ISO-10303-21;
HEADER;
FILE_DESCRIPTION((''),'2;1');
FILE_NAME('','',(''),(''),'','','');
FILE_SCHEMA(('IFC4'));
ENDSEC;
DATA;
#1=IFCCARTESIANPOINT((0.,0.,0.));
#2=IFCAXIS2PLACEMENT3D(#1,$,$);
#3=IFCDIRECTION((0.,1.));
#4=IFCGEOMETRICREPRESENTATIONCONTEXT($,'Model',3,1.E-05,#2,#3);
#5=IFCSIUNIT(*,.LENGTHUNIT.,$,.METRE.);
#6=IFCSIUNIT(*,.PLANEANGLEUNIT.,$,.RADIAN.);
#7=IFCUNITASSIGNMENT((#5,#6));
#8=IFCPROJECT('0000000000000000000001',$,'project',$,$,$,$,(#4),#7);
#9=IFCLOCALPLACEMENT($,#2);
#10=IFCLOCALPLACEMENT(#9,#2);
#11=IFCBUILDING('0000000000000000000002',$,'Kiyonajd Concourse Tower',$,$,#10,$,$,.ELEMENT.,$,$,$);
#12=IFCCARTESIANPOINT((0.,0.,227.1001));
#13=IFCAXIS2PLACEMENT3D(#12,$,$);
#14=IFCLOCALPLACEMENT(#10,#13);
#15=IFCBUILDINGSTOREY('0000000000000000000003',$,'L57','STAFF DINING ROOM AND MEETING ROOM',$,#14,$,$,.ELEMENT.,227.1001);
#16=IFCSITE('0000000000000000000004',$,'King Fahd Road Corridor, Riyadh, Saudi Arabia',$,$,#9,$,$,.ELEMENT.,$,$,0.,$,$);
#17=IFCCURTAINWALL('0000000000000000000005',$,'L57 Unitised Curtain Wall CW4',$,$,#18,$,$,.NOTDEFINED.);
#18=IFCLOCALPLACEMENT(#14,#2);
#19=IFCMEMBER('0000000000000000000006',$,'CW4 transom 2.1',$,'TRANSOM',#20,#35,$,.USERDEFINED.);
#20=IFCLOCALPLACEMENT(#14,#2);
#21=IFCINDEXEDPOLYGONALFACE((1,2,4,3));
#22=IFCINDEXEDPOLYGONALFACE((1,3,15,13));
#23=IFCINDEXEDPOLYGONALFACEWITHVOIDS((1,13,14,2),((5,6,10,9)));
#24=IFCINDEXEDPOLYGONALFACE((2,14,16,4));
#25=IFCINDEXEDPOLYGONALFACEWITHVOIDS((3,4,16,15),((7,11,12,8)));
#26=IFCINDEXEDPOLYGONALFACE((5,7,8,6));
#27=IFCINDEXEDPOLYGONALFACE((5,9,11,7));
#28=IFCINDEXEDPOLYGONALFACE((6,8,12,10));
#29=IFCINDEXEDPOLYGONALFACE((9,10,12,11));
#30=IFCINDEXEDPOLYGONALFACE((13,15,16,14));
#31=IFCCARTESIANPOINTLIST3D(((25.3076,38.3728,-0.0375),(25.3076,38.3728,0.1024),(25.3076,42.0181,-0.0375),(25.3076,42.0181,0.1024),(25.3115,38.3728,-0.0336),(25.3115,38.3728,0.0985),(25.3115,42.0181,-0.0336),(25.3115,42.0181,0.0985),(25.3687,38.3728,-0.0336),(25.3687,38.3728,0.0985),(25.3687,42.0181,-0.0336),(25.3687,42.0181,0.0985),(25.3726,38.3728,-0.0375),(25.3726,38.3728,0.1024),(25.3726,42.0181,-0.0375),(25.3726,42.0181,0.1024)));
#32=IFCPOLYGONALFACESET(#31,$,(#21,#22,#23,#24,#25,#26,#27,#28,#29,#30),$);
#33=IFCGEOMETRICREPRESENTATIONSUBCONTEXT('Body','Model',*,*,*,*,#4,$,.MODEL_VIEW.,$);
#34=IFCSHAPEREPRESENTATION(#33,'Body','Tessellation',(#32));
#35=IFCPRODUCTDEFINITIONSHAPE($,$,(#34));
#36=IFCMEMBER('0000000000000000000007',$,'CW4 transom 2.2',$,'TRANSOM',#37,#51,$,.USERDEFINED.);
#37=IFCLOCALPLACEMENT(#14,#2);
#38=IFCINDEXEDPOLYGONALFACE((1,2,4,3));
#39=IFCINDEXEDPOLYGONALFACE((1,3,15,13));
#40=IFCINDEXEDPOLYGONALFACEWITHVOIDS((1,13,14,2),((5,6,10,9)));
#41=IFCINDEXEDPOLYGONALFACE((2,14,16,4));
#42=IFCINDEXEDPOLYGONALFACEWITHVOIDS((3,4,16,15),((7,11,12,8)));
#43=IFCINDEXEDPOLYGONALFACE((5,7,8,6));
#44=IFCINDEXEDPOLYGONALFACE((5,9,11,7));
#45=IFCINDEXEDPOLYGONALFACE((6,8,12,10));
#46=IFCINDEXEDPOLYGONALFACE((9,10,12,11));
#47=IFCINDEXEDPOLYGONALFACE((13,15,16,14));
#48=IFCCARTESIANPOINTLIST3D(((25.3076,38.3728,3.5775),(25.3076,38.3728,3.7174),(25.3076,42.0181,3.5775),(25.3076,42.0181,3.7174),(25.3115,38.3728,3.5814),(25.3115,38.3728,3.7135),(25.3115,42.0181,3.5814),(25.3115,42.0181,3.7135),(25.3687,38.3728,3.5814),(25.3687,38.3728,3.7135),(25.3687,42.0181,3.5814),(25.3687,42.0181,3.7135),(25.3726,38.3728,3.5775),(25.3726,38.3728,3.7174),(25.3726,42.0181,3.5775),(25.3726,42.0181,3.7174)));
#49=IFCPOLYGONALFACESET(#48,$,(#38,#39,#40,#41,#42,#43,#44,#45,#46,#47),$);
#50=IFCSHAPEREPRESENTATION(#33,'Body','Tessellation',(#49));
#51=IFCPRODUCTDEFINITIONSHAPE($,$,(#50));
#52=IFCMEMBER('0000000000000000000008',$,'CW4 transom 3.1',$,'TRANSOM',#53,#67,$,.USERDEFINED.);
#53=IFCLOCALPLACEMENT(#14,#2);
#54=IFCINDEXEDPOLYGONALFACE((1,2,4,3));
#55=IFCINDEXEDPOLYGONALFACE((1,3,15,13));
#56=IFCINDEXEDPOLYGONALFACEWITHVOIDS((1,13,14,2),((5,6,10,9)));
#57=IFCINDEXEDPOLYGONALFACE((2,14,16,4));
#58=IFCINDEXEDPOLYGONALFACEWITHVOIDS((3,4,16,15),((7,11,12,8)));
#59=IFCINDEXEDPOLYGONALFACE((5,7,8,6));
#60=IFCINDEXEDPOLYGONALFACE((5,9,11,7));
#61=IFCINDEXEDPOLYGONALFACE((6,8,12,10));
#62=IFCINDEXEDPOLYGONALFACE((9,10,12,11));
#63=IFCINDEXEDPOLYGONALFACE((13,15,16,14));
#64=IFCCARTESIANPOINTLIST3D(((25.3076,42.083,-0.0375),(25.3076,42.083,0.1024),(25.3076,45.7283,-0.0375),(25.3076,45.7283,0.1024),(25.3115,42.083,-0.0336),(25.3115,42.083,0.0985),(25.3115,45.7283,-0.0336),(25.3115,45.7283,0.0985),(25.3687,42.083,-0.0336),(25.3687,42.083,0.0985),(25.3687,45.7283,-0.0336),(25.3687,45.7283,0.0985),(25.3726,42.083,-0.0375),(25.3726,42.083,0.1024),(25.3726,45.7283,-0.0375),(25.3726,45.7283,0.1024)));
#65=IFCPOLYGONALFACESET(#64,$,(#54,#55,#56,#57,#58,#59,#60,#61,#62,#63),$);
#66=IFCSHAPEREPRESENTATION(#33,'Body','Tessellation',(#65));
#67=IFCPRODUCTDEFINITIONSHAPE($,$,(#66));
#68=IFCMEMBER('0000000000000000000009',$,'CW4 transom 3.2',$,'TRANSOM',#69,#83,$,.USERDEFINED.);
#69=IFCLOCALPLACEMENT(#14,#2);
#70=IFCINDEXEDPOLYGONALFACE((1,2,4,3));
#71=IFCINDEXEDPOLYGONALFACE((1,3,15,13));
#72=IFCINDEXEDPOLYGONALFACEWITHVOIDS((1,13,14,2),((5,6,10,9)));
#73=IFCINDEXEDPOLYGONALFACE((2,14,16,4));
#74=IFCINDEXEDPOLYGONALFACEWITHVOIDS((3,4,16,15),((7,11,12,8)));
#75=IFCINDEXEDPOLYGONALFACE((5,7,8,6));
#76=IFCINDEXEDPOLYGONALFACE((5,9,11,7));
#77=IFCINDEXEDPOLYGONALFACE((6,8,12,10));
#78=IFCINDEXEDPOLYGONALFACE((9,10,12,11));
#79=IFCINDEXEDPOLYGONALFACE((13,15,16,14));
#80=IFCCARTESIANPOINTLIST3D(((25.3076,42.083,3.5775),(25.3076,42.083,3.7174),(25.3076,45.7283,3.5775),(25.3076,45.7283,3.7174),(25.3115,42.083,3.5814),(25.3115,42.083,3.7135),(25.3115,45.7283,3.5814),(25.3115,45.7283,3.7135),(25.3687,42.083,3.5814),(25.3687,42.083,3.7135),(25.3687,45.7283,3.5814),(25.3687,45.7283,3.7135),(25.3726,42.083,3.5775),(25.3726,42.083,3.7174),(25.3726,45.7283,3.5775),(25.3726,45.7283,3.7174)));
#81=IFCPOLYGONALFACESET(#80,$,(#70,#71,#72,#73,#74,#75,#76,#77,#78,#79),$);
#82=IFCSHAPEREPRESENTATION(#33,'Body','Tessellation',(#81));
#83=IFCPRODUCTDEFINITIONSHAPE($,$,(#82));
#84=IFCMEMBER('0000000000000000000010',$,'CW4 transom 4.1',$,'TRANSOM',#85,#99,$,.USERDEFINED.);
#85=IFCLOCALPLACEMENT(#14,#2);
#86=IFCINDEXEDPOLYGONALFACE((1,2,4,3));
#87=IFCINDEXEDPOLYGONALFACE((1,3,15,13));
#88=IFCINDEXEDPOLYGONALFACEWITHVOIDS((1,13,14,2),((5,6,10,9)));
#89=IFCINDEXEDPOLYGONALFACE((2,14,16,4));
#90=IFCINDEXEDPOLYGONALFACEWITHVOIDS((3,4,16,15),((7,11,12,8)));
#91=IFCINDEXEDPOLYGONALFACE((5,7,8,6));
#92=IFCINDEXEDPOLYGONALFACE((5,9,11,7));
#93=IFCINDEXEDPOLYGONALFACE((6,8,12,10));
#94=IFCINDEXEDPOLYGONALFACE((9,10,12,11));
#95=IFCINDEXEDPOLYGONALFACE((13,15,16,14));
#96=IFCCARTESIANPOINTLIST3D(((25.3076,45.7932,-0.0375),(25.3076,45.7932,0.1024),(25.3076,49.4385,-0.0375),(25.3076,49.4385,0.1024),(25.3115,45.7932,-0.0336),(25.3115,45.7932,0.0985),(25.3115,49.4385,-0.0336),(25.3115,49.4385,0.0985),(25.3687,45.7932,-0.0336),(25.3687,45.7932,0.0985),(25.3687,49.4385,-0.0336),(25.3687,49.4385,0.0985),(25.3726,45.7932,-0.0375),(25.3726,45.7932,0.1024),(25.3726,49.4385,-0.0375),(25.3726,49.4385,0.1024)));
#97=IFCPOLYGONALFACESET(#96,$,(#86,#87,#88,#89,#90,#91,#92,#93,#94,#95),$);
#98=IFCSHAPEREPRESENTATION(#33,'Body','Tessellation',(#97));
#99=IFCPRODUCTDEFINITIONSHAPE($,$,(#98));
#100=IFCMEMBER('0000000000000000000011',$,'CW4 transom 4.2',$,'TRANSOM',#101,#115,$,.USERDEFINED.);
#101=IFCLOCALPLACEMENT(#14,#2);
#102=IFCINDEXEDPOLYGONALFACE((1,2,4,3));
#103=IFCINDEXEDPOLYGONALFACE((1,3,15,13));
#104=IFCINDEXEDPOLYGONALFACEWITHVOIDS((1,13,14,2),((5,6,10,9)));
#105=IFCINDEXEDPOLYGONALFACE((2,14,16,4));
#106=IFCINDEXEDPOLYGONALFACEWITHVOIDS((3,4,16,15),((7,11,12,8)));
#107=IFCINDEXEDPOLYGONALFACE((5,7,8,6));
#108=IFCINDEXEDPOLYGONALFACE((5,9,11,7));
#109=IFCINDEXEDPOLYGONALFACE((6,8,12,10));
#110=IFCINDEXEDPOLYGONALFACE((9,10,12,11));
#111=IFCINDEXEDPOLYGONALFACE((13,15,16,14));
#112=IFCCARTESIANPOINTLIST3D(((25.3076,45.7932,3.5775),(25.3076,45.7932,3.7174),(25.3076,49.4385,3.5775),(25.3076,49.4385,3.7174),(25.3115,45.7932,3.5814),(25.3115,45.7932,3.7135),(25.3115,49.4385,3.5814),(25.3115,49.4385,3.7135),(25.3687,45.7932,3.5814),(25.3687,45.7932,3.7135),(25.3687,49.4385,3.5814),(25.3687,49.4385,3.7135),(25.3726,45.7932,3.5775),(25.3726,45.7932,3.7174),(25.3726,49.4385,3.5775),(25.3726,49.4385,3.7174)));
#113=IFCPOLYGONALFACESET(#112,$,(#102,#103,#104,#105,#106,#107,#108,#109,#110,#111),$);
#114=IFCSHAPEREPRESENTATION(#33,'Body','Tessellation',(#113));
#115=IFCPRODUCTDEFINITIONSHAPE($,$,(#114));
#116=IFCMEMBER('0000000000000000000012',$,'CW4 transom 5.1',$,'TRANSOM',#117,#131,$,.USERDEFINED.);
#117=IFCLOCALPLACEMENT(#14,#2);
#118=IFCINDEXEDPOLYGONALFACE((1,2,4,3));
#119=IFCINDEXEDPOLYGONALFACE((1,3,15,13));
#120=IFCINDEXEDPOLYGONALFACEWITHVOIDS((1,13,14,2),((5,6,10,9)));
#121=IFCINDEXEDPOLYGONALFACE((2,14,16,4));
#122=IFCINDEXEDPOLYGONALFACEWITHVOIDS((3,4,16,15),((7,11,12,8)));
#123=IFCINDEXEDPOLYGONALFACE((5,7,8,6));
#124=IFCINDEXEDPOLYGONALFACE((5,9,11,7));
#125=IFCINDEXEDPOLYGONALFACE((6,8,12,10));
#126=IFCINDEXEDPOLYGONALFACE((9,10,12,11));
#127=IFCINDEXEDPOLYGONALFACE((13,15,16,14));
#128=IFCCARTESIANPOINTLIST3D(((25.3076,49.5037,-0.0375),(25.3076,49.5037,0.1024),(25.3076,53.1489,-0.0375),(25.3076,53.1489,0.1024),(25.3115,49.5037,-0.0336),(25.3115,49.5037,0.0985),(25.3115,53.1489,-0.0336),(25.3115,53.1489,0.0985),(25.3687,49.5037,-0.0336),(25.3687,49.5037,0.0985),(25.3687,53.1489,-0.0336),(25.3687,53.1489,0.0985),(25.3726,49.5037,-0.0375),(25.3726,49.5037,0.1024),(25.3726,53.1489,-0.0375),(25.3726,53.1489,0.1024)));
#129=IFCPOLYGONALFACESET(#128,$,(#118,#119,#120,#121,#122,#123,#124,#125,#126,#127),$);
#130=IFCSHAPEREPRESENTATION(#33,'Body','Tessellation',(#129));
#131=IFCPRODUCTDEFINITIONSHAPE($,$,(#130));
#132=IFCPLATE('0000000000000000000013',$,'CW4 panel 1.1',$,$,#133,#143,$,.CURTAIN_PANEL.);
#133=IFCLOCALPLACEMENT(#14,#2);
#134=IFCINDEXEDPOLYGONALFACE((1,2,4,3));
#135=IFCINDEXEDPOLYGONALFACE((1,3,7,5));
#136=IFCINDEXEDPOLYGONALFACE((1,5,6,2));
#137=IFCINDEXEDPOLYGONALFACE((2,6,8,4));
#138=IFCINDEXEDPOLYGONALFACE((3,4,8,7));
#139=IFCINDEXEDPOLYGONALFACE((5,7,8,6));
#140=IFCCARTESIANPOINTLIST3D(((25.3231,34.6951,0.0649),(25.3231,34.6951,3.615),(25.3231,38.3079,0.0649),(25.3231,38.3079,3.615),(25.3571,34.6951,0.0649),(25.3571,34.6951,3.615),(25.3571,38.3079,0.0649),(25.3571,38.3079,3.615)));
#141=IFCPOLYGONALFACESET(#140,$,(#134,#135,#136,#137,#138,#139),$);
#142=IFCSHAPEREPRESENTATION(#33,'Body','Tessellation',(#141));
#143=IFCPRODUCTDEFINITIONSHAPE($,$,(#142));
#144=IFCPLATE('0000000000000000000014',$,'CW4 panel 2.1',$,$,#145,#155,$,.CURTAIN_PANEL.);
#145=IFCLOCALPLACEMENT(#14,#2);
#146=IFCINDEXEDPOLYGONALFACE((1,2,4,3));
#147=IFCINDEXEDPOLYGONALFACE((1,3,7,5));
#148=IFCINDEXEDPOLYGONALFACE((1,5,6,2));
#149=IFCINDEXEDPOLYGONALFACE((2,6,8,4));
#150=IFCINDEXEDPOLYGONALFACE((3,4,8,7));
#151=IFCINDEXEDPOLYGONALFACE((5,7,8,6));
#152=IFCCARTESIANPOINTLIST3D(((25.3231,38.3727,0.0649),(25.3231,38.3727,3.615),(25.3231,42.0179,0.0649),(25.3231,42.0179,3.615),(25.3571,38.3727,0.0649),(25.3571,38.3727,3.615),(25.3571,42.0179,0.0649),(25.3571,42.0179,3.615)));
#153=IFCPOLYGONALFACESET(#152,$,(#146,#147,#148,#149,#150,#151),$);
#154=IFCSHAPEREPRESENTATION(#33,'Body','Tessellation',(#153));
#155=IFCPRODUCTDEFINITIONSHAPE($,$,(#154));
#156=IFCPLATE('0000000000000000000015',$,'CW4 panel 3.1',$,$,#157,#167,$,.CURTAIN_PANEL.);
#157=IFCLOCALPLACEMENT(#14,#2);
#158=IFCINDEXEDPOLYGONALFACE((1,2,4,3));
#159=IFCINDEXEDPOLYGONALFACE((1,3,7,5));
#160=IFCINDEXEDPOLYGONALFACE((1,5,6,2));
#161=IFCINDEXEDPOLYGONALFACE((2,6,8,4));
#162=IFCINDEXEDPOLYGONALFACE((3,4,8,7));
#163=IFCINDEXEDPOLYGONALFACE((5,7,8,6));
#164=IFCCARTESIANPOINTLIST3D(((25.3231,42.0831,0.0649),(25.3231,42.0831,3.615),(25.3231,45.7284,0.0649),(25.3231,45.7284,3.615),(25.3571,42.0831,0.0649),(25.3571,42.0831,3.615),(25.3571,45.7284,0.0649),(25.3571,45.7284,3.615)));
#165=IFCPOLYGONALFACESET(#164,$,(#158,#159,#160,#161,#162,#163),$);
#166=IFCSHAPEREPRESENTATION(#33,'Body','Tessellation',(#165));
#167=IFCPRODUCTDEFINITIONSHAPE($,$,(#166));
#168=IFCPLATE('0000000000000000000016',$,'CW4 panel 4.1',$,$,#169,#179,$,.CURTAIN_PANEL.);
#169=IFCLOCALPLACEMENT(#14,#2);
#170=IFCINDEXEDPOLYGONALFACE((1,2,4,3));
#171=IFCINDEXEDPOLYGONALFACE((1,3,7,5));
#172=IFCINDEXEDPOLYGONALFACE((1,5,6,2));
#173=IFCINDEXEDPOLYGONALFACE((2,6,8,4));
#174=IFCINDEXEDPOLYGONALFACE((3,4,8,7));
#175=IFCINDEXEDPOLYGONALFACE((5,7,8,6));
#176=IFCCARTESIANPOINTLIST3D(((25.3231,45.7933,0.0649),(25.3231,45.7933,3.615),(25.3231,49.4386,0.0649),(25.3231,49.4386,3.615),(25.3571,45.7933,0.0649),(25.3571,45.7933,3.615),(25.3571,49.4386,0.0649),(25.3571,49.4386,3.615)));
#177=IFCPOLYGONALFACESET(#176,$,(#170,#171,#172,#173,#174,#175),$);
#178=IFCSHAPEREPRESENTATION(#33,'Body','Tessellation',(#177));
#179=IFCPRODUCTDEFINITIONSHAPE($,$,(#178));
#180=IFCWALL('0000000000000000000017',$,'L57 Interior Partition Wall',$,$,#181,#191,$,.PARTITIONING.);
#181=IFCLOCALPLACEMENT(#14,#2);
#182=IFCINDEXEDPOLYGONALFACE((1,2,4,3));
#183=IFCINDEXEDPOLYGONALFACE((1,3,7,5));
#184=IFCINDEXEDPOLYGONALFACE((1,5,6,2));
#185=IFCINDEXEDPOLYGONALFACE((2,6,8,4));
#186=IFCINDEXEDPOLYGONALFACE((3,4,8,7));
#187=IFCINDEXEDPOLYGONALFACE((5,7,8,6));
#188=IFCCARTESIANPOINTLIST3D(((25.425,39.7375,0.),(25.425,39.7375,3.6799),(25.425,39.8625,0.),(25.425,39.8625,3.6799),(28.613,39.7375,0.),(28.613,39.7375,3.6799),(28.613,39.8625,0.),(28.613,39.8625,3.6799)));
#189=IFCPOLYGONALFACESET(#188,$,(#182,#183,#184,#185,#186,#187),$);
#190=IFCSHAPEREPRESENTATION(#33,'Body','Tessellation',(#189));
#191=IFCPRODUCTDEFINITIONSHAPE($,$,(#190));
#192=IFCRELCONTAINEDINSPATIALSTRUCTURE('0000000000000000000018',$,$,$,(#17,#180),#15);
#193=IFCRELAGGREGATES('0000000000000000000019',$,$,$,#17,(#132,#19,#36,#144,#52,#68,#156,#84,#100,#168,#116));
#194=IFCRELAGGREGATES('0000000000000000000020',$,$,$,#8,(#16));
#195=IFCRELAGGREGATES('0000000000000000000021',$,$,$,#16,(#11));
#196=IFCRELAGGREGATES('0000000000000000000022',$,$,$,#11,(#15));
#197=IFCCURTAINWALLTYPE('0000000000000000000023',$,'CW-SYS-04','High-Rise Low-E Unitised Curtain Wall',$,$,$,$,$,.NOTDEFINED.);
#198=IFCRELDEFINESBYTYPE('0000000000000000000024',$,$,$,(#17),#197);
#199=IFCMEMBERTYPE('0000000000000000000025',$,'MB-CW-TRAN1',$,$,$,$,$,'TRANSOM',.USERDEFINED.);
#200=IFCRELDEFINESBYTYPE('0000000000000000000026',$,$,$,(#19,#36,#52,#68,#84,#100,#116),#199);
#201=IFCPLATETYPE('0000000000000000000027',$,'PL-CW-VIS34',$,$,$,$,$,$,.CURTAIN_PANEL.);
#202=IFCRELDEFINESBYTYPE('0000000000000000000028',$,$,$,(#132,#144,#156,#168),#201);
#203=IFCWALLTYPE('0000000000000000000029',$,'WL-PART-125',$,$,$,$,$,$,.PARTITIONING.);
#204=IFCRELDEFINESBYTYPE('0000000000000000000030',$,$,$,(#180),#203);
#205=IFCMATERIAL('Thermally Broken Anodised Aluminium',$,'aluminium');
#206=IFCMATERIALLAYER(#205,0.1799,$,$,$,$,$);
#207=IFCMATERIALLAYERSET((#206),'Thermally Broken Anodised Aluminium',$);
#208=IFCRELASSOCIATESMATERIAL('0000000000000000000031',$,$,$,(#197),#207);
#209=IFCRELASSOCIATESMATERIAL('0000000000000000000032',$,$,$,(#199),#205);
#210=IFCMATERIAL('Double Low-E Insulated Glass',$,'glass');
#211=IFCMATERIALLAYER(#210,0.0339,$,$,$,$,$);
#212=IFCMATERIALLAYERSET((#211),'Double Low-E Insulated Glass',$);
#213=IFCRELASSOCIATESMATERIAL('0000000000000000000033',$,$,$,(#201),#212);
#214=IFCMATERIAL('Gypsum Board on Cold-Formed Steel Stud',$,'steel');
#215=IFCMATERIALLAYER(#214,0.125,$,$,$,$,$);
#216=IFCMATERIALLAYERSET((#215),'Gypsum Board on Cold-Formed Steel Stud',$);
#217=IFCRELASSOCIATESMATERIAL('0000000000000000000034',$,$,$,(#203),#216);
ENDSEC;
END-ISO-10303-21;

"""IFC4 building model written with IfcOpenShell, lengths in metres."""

from ifc_helpers import new_model, si_unit, direction, frame, frame_2d, origin, origin_2d, place, context, subcontext, project, spatial, rectangle, hollow_rectangle, extrude, material, layer, layer_set, material_profile, profile_set, type_object, element, aggregate, save


model = new_model("IFC4")

# Units and contexts
model_context = context("Model", 3, precision=1e-05, world=origin(), true_north=direction((0.0, 1.0)))
body_context = subcontext(model_context, "Body", "Model", "MODEL_VIEW")
ifc_project = project(units=[si_unit("LENGTHUNIT", "METRE"), si_unit("PLANEANGLEUNIT", "RADIAN")], contexts=[model_context])

# Site, building, storey
site_placement = place(None, origin())
site = spatial("IfcSite", under=ifc_project, at=site_placement, Name="King Fahd Road Corridor, Riyadh, Saudi Arabia", CompositionType="ELEMENT", RefElevation=0.0)
building_placement = place(site_placement, origin())
building = spatial("IfcBuilding", under=site, at=building_placement, Name="Kiyonajd Concourse Tower", CompositionType="ELEMENT")
storey_placement = place(building_placement, frame((0.0, 0.0, 227.1001)))
storey = spatial("IfcBuildingStorey", under=building, at=storey_placement, Name="L57", Description="STAFF DINING ROOM AND MEETING ROOM", CompositionType="ELEMENT", Elevation=227.1001)

# Curtain wall, members, plates
ifc_material_1 = material(Name="Thermally Broken Anodised Aluminium", Category="aluminium")
ifc_layer_1 = layer(ifc_material_1, 0.1799)
ifc_layer_set_1 = layer_set([ifc_layer_1], Name="Thermally Broken Anodised Aluminium")
curtain_wall_type = type_object("IfcCurtainWallType", Name="CW-SYS-04", Description="High-Rise Low-E Unitised Curtain Wall", PredefinedType="NOTDEFINED", material=ifc_layer_set_1)
curtain_wall_placement = place(storey_placement, origin())
curtain_wall = element("IfcCurtainWall", 1, at=curtain_wall_placement, inside=storey, type_object=curtain_wall_type, Name="L57 Unitised Curtain Wall CW4", PredefinedType="NOTDEFINED")
ifc_material_profile_1 = material_profile(ifc_material_1, hollow_rectangle(XDim=0.0649, YDim=0.1399, WallThickness=0.0039, at=origin_2d()), Name="TRAN-65x140")
ifc_profile_set_1 = profile_set([ifc_material_profile_1], Name="Thermally Broken Anodised Aluminium")
member_type_1 = type_object("IfcMemberType", Name="MB-CW-TRAN1", ElementType="TRANSOM", PredefinedType="USERDEFINED", material=ifc_profile_set_1)
member_1_placement = place(storey_placement, frame((25.3401, 38.3728, 0.0325), z_axis=(0.0, 1.0, 0.0), x_axis=(-1.0, 0.0, 0.0)))
member_1 = element("IfcMember", 2, at=member_1_placement, type_object=member_type_1, Name="CW4 transom 2.1", ObjectType="TRANSOM", PredefinedType="USERDEFINED", context=body_context, shape_type="SweptSolid", body=[
    extrude(hollow_rectangle(XDim=0.0649, YDim=0.1399, WallThickness=0.0039, at=origin_2d()), origin(), (0.0, 0.0, 1.0), 3.6453),
])
member_2_placement = place(storey_placement, frame((25.3401, 38.3728, 3.6475), z_axis=(0.0, 1.0, 0.0), x_axis=(-1.0, 0.0, 0.0)))
member_2 = element("IfcMember", 3, at=member_2_placement, type_object=member_type_1, Name="CW4 transom 2.2", ObjectType="TRANSOM", PredefinedType="USERDEFINED", context=body_context, shape_type="SweptSolid", body=[
    extrude(hollow_rectangle(XDim=0.0649, YDim=0.1399, WallThickness=0.0039, at=origin_2d()), origin(), (0.0, 0.0, 1.0), 3.6453),
])
member_3_placement = place(storey_placement, frame((25.3401, 42.083, 0.0325), z_axis=(0.0, 1.0, 0.0), x_axis=(-1.0, 0.0, 0.0)))
member_3 = element("IfcMember", 4, at=member_3_placement, type_object=member_type_1, Name="CW4 transom 3.1", ObjectType="TRANSOM", PredefinedType="USERDEFINED", context=body_context, shape_type="SweptSolid", body=[
    extrude(hollow_rectangle(XDim=0.0649, YDim=0.1399, WallThickness=0.0039, at=origin_2d()), origin(), (0.0, 0.0, 1.0), 3.6453),
])
member_4_placement = place(storey_placement, frame((25.3401, 42.083, 3.6475), z_axis=(0.0, 1.0, 0.0), x_axis=(-1.0, 0.0, 0.0)))
member_4 = element("IfcMember", 5, at=member_4_placement, type_object=member_type_1, Name="CW4 transom 3.2", ObjectType="TRANSOM", PredefinedType="USERDEFINED", context=body_context, shape_type="SweptSolid", body=[
    extrude(hollow_rectangle(XDim=0.0649, YDim=0.1399, WallThickness=0.0039, at=origin_2d()), origin(), (0.0, 0.0, 1.0), 3.6453),
])
member_5_placement = place(storey_placement, frame((25.3401, 45.7932, 0.0325), z_axis=(0.0, 1.0, 0.0), x_axis=(-1.0, 0.0, 0.0)))
member_5 = element("IfcMember", 6, at=member_5_placement, type_object=member_type_1, Name="CW4 transom 4.1", ObjectType="TRANSOM", PredefinedType="USERDEFINED", context=body_context, shape_type="SweptSolid", body=[
    extrude(hollow_rectangle(XDim=0.0649, YDim=0.1399, WallThickness=0.0039, at=origin_2d()), origin(), (0.0, 0.0, 1.0), 3.6453),
])
member_6_placement = place(storey_placement, frame((25.3401, 45.7932, 3.6475), z_axis=(0.0, 1.0, 0.0), x_axis=(-1.0, 0.0, 0.0)))
member_6 = element("IfcMember", 7, at=member_6_placement, type_object=member_type_1, Name="CW4 transom 4.2", ObjectType="TRANSOM", PredefinedType="USERDEFINED", context=body_context, shape_type="SweptSolid", body=[
    extrude(hollow_rectangle(XDim=0.0649, YDim=0.1399, WallThickness=0.0039, at=origin_2d()), origin(), (0.0, 0.0, 1.0), 3.6453),
])
member_7_placement = place(storey_placement, frame((25.3401, 49.5037, 0.0325), z_axis=(0.0, 1.0, 0.0), x_axis=(-1.0, 0.0, 0.0)))
member_7 = element("IfcMember", 8, at=member_7_placement, type_object=member_type_1, Name="CW4 transom 5.1", ObjectType="TRANSOM", PredefinedType="USERDEFINED", context=body_context, shape_type="SweptSolid", body=[
    extrude(hollow_rectangle(XDim=0.0649, YDim=0.1399, WallThickness=0.0039, at=origin_2d()), origin(), (0.0, 0.0, 1.0), 3.6453),
])
ifc_material_2 = material(Name="Double Low-E Insulated Glass", Category="glass")
ifc_layer_2 = layer(ifc_material_2, 0.0339)
ifc_layer_set_2 = layer_set([ifc_layer_2], Name="Double Low-E Insulated Glass")
plate_type = type_object("IfcPlateType", Name="PL-CW-VIS34", PredefinedType="CURTAIN_PANEL", material=ifc_layer_set_2)
plate_1_placement = place(storey_placement, frame((25.3401, 36.5015, 0.0649), z_axis=(0.0, 0.0, 1.0), x_axis=(0.0, 1.0, 0.0)))
plate_1 = element("IfcPlate", 9, at=plate_1_placement, type_object=plate_type, Name="CW4 panel 1.1", PredefinedType="CURTAIN_PANEL", context=body_context, shape_type="SweptSolid", body=[
    extrude(rectangle(XDim=3.6128, YDim=0.0339, at=origin_2d()), origin(), (0.0, 0.0, 1.0), 3.55),
])
plate_2_placement = place(storey_placement, frame((25.3401, 40.1953, 0.0649), z_axis=(0.0, 0.0, 1.0), x_axis=(0.0, 1.0, 0.0)))
plate_2 = element("IfcPlate", 10, at=plate_2_placement, type_object=plate_type, Name="CW4 panel 2.1", PredefinedType="CURTAIN_PANEL", context=body_context, shape_type="SweptSolid", body=[
    extrude(rectangle(XDim=3.6453, YDim=0.0339, at=origin_2d()), origin(), (0.0, 0.0, 1.0), 3.55),
])
plate_3_placement = place(storey_placement, frame((25.3401, 43.9058, 0.0649), z_axis=(0.0, 0.0, 1.0), x_axis=(0.0, 1.0, 0.0)))
plate_3 = element("IfcPlate", 11, at=plate_3_placement, type_object=plate_type, Name="CW4 panel 3.1", PredefinedType="CURTAIN_PANEL", context=body_context, shape_type="SweptSolid", body=[
    extrude(rectangle(XDim=3.6453, YDim=0.0339, at=origin_2d()), origin(), (0.0, 0.0, 1.0), 3.55),
])
plate_4_placement = place(storey_placement, frame((25.3401, 47.616, 0.0649), z_axis=(0.0, 0.0, 1.0), x_axis=(0.0, 1.0, 0.0)))
plate_4 = element("IfcPlate", 12, at=plate_4_placement, type_object=plate_type, Name="CW4 panel 4.1", PredefinedType="CURTAIN_PANEL", context=body_context, shape_type="SweptSolid", body=[
    extrude(rectangle(XDim=3.6453, YDim=0.0339, at=origin_2d()), origin(), (0.0, 0.0, 1.0), 3.55),
])
aggregate(curtain_wall, [plate_1, member_1, member_2, plate_2, member_3, member_4, plate_3, member_5, member_6, plate_4, member_7])

# Wall
ifc_material_3 = material(Name="Gypsum Board on Cold-Formed Steel Stud", Category="steel")
ifc_layer_3 = layer(ifc_material_3, 0.125)
ifc_layer_set_3 = layer_set([ifc_layer_3], Name="Gypsum Board on Cold-Formed Steel Stud")
wall_type_1 = type_object("IfcWallType", Name="WL-PART-125", PredefinedType="PARTITIONING", material=ifc_layer_set_3)
wall_1_placement = place(storey_placement, frame((25.425, 39.8, 0.0), z_axis=(0.0, 0.0, 1.0), x_axis=(1.0, 0.0, 0.0)))
element("IfcWall", 13, at=wall_1_placement, inside=storey, type_object=wall_type_1, Name="L57 Interior Partition Wall", PredefinedType="PARTITIONING", context=body_context, shape_type="SweptSolid", body=[
    extrude(rectangle(XDim=3.188, YDim=0.125, at=frame_2d((1.594, 0.0))), origin(), (0.0, 0.0, 1.0), 3.6799),
])

save(model, "model.ifc")
